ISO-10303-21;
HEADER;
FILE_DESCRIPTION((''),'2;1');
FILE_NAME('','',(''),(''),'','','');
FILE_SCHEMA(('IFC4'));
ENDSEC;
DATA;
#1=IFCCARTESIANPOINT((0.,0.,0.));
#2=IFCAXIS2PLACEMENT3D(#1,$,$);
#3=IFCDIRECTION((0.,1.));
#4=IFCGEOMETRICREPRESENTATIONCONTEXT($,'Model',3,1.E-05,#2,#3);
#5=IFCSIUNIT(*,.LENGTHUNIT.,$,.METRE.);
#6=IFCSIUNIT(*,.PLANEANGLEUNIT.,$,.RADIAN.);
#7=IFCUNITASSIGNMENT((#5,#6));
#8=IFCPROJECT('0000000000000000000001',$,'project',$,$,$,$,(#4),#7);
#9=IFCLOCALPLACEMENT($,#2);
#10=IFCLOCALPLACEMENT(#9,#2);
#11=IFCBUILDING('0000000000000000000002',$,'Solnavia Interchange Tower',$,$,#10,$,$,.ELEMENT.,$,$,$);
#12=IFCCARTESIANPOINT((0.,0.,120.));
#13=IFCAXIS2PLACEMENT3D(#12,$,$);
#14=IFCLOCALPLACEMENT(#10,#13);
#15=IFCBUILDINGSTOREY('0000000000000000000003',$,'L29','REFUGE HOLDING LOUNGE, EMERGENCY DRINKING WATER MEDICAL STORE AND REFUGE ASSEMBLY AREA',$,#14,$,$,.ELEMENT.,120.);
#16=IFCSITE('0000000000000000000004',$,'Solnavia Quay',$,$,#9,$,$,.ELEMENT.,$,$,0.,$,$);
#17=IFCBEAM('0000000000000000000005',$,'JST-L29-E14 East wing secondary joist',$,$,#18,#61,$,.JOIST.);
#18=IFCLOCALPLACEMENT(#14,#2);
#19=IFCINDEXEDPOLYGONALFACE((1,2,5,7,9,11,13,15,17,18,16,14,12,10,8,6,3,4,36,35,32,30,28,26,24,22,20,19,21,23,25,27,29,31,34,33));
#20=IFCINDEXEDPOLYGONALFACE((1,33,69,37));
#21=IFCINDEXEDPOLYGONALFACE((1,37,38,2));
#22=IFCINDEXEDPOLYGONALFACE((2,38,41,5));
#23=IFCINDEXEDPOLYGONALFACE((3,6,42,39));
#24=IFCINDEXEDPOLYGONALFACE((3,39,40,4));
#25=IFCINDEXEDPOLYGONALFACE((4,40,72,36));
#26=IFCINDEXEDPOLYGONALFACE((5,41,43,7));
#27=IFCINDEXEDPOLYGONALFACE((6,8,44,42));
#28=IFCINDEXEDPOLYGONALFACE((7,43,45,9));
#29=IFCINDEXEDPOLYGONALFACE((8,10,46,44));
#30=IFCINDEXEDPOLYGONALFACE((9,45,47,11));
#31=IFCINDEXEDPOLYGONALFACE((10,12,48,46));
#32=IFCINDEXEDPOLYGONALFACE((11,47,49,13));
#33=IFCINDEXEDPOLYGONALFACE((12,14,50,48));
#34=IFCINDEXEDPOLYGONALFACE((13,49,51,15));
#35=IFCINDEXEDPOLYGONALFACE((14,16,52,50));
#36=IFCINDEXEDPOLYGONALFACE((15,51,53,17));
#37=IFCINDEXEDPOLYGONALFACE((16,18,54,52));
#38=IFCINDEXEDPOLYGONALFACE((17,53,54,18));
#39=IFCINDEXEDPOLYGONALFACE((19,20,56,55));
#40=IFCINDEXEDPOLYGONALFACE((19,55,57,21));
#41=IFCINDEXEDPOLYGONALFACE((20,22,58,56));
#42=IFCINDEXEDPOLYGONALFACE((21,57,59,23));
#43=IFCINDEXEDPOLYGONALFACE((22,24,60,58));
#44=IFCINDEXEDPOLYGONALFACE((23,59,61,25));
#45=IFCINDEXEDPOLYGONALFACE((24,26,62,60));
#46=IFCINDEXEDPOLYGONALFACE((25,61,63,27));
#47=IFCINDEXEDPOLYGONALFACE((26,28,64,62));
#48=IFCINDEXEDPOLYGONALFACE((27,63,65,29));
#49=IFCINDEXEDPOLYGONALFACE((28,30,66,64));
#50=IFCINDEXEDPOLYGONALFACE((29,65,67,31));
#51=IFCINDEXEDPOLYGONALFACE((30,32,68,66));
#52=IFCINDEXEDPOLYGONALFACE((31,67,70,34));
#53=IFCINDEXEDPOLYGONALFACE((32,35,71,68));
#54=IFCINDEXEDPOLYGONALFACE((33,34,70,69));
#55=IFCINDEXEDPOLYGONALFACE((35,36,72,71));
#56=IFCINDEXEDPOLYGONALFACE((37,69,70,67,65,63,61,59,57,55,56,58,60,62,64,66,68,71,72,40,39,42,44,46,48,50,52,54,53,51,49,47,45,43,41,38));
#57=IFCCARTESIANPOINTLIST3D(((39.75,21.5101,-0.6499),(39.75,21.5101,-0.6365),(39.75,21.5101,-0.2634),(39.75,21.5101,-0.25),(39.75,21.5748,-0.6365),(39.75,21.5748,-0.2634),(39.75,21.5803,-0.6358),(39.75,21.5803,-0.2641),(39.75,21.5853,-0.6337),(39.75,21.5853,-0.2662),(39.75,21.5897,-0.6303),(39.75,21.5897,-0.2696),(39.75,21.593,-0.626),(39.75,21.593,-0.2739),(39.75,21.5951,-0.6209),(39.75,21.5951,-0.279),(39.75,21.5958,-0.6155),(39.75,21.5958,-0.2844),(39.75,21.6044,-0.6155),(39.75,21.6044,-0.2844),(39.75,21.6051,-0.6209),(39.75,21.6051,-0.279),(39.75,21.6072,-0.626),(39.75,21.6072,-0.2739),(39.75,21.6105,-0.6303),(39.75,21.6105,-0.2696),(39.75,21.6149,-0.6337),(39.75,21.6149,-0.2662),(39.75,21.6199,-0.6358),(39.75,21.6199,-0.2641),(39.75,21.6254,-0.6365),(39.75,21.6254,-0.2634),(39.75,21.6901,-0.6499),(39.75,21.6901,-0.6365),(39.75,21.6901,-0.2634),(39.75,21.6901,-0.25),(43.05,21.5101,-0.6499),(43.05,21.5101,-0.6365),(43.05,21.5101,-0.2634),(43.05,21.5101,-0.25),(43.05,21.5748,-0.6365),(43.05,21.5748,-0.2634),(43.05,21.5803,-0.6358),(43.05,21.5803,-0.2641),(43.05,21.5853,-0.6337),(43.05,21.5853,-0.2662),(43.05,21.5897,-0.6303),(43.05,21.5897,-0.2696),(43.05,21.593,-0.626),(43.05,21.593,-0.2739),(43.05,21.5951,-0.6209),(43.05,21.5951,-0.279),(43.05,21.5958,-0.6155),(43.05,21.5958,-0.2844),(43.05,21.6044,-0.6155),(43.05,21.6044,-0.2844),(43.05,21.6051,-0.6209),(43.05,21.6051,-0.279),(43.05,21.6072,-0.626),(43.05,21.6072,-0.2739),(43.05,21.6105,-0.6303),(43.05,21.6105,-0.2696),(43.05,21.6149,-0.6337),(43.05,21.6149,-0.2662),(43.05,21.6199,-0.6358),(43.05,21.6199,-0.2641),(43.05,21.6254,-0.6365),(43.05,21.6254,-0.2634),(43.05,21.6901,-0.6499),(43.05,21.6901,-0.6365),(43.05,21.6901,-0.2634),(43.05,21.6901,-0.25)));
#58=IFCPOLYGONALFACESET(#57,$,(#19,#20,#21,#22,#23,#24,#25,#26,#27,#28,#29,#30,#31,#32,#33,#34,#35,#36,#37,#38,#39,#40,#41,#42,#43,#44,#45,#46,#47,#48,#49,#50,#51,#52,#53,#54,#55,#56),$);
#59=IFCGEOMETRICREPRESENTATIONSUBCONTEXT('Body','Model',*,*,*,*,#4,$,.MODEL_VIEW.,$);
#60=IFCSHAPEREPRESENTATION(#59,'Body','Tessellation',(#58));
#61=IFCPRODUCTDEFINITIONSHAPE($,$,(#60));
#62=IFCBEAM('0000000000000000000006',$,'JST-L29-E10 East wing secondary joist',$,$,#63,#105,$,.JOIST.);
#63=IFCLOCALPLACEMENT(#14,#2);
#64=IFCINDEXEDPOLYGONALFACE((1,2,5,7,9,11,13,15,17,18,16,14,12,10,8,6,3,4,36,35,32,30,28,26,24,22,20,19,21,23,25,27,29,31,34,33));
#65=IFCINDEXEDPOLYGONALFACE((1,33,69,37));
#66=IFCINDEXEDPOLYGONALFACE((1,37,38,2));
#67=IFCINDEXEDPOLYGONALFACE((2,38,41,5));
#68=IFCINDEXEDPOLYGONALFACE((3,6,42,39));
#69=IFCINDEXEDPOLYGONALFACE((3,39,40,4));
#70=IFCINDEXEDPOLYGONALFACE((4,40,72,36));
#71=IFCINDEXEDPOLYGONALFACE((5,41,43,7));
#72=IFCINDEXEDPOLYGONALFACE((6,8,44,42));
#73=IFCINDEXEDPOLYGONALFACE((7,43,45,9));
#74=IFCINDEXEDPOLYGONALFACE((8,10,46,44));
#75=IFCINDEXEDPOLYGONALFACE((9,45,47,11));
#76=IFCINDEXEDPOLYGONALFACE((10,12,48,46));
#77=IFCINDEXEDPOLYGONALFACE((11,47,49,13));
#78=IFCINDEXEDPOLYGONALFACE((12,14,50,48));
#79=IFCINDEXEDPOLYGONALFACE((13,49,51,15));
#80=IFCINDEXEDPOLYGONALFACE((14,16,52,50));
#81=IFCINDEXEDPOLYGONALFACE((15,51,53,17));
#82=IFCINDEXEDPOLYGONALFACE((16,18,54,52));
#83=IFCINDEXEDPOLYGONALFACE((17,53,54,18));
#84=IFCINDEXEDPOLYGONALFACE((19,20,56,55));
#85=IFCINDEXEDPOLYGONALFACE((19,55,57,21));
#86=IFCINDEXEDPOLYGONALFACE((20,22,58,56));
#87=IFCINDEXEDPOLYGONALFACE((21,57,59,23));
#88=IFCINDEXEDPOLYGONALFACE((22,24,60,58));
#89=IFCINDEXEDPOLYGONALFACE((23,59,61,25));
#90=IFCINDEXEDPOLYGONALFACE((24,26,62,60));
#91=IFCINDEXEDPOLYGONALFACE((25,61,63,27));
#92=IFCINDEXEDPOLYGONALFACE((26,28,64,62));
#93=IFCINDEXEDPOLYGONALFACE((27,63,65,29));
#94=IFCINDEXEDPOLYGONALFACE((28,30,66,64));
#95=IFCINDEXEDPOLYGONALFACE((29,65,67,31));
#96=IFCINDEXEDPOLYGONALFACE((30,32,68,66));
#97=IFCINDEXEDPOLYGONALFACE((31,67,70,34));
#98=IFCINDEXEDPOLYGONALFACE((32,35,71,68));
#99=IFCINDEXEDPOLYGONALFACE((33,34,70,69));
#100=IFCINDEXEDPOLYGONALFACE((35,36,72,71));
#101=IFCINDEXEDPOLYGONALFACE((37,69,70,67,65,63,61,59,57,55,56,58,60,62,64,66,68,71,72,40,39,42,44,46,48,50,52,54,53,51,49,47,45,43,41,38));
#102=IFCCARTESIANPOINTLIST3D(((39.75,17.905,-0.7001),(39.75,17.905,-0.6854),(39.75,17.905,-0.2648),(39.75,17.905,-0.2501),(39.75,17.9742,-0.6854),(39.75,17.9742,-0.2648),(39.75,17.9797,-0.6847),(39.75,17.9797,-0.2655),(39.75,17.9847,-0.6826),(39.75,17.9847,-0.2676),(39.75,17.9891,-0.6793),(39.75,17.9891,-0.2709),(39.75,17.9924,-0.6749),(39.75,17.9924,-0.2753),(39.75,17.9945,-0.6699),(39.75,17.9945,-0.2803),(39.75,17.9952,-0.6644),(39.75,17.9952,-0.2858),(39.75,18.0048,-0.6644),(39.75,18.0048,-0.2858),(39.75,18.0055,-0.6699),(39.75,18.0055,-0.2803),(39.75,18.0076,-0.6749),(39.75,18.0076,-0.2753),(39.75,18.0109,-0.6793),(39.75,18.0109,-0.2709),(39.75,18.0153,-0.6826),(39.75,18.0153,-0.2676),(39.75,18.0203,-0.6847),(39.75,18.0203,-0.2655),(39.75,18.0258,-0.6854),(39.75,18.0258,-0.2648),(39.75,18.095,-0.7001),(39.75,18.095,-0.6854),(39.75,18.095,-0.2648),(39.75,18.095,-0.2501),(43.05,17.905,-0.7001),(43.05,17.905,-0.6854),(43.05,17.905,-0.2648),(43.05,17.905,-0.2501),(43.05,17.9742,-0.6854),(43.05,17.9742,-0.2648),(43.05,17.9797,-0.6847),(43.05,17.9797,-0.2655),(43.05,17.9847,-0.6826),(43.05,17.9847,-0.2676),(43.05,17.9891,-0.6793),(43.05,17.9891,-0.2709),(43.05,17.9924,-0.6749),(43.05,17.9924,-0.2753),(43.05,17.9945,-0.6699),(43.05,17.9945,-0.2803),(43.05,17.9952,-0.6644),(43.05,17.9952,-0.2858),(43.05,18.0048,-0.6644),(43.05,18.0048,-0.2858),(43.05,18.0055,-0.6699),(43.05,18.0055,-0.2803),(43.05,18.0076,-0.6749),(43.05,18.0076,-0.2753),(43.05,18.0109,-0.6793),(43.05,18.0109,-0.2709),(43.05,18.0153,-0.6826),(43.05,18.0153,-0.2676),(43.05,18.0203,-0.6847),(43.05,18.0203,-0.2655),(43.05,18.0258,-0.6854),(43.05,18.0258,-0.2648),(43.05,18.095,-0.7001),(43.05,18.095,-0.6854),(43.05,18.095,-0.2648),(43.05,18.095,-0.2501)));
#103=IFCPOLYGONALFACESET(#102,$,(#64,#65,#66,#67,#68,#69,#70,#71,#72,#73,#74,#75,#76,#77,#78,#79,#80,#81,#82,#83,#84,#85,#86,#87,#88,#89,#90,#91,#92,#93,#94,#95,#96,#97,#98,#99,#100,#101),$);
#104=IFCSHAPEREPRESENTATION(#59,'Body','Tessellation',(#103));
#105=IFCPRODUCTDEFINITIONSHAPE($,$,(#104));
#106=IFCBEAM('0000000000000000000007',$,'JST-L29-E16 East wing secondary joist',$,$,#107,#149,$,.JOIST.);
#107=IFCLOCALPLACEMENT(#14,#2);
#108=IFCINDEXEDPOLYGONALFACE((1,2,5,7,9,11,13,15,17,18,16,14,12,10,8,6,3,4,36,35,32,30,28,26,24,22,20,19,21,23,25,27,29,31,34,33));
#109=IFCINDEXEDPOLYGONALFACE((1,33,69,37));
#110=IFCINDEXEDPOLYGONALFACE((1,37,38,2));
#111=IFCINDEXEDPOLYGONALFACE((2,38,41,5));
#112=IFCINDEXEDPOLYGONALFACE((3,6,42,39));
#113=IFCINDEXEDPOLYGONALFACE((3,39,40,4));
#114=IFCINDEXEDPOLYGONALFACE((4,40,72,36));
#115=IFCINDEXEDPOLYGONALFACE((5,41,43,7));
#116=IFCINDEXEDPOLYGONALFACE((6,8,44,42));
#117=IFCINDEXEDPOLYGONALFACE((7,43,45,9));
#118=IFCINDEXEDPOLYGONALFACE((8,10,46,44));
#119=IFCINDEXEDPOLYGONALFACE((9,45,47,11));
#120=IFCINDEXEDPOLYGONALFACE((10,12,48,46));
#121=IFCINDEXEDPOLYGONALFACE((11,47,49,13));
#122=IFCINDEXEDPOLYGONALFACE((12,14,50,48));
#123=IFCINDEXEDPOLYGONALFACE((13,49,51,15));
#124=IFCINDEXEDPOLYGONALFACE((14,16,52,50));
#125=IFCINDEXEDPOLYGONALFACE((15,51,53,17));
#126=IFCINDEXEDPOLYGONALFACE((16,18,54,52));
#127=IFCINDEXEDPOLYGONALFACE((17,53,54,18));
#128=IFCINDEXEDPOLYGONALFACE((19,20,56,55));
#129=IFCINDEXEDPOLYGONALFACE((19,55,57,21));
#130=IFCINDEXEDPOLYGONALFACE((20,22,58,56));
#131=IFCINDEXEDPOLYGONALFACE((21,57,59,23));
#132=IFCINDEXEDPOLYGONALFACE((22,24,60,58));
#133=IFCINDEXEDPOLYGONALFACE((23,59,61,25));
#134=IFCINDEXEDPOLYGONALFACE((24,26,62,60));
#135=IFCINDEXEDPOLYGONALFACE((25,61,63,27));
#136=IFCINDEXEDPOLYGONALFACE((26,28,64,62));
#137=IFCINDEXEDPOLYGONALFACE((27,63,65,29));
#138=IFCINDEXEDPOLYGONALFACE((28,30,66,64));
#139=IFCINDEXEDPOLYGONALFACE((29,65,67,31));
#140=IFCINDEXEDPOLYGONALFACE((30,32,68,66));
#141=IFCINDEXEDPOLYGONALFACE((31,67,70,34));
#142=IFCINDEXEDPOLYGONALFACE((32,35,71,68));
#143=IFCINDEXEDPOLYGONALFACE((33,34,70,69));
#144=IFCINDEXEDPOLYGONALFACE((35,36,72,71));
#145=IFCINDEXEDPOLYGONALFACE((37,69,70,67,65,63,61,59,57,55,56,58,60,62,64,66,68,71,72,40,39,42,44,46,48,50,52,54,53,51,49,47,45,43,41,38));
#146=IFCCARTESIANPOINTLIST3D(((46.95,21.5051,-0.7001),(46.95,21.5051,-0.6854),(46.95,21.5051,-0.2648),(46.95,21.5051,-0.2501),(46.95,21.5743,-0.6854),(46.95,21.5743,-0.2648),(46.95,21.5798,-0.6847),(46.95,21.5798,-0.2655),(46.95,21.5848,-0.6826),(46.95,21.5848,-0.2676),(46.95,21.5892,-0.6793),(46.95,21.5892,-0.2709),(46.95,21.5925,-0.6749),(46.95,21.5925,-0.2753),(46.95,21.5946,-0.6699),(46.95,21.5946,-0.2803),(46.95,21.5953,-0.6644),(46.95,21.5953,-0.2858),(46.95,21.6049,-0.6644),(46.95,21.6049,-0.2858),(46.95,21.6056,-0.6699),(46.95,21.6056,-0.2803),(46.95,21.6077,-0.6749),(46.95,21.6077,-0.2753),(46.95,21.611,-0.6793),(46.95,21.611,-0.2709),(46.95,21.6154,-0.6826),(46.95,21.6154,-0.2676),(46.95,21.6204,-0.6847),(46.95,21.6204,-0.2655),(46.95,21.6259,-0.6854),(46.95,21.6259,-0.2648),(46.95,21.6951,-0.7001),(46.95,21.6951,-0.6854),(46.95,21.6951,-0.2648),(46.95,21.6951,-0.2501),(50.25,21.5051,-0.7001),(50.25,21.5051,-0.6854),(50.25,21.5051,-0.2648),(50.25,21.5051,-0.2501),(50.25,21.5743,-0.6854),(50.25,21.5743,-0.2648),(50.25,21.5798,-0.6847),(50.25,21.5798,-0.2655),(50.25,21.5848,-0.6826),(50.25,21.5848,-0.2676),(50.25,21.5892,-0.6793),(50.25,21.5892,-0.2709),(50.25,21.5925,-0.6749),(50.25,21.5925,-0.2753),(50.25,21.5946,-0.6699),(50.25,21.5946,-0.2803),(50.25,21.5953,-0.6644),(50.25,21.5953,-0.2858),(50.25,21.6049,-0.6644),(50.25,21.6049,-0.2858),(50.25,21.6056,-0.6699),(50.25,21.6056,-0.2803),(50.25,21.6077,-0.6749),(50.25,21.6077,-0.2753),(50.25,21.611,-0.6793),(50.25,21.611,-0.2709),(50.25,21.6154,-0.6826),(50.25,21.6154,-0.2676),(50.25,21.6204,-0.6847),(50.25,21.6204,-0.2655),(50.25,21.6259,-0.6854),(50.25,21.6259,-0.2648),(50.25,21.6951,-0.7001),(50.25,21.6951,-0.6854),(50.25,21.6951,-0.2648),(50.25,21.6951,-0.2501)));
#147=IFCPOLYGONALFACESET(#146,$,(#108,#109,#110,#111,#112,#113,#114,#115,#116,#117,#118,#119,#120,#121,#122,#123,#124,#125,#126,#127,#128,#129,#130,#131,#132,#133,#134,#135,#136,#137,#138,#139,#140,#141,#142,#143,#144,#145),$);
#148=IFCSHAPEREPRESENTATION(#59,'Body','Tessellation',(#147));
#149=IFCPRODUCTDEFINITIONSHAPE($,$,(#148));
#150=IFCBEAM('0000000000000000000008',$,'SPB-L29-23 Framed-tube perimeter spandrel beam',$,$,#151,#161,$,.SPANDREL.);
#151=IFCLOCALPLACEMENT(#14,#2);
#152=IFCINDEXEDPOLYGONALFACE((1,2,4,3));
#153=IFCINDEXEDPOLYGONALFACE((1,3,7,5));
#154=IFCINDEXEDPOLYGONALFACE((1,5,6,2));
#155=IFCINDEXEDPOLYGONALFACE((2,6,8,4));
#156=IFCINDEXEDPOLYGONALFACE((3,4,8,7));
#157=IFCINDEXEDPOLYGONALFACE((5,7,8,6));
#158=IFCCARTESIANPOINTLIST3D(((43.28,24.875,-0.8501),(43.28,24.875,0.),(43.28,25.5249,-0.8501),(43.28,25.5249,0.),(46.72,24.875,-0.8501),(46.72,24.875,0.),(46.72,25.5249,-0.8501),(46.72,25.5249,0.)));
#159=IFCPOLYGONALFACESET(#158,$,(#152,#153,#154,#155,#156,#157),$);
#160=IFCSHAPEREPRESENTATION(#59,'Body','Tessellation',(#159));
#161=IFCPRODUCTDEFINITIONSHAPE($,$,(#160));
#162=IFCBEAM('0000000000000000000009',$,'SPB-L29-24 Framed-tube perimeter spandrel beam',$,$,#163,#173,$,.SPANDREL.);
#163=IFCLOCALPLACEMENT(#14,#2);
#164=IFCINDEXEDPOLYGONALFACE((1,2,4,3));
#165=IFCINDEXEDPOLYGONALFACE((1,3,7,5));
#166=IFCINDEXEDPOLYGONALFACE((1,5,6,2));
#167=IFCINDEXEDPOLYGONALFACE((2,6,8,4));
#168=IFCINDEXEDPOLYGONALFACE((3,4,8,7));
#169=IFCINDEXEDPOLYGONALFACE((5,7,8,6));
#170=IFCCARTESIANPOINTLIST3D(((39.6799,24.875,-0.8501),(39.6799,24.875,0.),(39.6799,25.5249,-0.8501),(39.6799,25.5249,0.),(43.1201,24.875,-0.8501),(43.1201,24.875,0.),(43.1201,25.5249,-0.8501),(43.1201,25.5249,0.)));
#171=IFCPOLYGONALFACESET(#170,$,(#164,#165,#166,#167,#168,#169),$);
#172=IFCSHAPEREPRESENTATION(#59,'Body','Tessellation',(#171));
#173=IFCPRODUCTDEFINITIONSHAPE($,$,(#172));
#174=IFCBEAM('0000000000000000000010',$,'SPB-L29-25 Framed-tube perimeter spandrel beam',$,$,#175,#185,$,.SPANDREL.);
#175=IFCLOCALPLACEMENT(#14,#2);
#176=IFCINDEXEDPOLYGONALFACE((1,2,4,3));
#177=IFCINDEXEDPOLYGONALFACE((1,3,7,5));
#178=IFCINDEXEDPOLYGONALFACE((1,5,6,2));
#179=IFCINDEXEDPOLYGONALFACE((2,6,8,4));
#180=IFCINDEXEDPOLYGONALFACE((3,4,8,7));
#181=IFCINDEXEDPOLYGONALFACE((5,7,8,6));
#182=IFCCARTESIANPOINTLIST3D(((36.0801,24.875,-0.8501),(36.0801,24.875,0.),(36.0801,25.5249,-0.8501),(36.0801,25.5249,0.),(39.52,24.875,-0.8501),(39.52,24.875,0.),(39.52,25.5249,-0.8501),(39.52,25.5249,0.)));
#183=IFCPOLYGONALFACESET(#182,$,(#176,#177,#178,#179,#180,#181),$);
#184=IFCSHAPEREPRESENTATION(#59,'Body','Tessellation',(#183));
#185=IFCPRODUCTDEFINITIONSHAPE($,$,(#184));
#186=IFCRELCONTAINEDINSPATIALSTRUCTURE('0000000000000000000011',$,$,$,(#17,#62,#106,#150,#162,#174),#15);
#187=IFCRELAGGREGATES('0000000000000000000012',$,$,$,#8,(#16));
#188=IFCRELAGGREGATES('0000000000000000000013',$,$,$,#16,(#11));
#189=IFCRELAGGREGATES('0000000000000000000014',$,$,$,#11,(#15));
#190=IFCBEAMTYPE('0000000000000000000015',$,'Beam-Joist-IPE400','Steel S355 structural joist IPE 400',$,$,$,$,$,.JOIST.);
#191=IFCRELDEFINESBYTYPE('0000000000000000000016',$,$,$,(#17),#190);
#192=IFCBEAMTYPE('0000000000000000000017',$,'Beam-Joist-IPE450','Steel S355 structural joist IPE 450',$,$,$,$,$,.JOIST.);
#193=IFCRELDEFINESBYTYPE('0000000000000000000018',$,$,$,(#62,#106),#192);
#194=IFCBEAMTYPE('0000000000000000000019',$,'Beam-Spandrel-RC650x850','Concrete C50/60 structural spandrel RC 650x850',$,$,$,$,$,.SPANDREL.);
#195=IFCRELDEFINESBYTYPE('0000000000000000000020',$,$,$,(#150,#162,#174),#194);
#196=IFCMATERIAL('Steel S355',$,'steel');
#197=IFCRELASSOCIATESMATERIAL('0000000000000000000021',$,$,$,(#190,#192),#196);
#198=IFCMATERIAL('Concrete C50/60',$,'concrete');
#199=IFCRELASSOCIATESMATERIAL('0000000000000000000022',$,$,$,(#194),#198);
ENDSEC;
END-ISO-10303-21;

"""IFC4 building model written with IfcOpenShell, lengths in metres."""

from ifc_helpers import new_model, si_unit, direction, frame, origin, origin_2d, place, context, subcontext, project, spatial, rectangle, i_section, extrude, material, material_profile, profile_set, type_object, element, save


model = new_model("IFC4")

# Units and contexts
model_context = context("Model", 3, precision=1e-05, world=origin(), true_north=direction((0.0, 1.0)))
body_context = subcontext(model_context, "Body", "Model", "MODEL_VIEW")
ifc_project = project(units=[si_unit("LENGTHUNIT", "METRE"), si_unit("PLANEANGLEUNIT", "RADIAN")], contexts=[model_context])

# Site, building, storey
site_placement = place(None, origin())
site = spatial("IfcSite", under=ifc_project, at=site_placement, Name="Solnavia Quay", CompositionType="ELEMENT", RefElevation=0.0)
building_placement = place(site_placement, origin())
building = spatial("IfcBuilding", under=site, at=building_placement, Name="Solnavia Interchange Tower", CompositionType="ELEMENT")
storey_placement = place(building_placement, frame((0.0, 0.0, 120.0)))
storey = spatial("IfcBuildingStorey", under=building, at=storey_placement, Name="L29", Description="REFUGE HOLDING LOUNGE, EMERGENCY DRINKING WATER MEDICAL STORE AND REFUGE ASSEMBLY AREA", CompositionType="ELEMENT", Elevation=120.0)

# Shared definitions
ifc_material_1 = material(Name="Concrete C50/60", Category="concrete")

# Beams
ifc_material_2 = material(Name="Steel S355", Category="steel")
ifc_material_profile_1 = material_profile(ifc_material_2, i_section(OverallWidth=0.1799, OverallDepth=0.3999, WebThickness=0.0085, FlangeThickness=0.0134, FilletRadius=0.021, at=origin_2d()), Name="IPE 400")
ifc_profile_set_1 = profile_set([ifc_material_profile_1], Name="Steel S355")
beam_type_1 = type_object("IfcBeamType", Name="Beam-Joist-IPE400", Description="Steel S355 structural joist IPE 400", PredefinedType="JOIST", material=ifc_profile_set_1)
beam_1_placement = place(storey_placement, frame((39.75, 21.6001, -0.45), z_axis=(1.0, 0.0, 0.0), x_axis=(0.0, 1.0, 0.0)))
element("IfcBeam", 1, at=beam_1_placement, inside=storey, type_object=beam_type_1, Name="JST-L29-E14 East wing secondary joist", PredefinedType="JOIST", context=body_context, shape_type="SweptSolid", body=[
    extrude(i_section(OverallWidth=0.1799, OverallDepth=0.3999, WebThickness=0.0085, FlangeThickness=0.0134, FilletRadius=0.021, at=origin_2d()), origin(), (0.0, 0.0, 1.0), 3.3),
])
ifc_material_profile_2 = material_profile(ifc_material_2, i_section(OverallWidth=0.1899, OverallDepth=0.45, WebThickness=0.0095, FlangeThickness=0.0146, FilletRadius=0.021, at=origin_2d()), Name="IPE 450")
ifc_profile_set_2 = profile_set([ifc_material_profile_2], Name="Steel S355")
beam_type_2 = type_object("IfcBeamType", Name="Beam-Joist-IPE450", Description="Steel S355 structural joist IPE 450", PredefinedType="JOIST", material=ifc_profile_set_2)
for number, where, z_axis, x_axis, name in (
    (2, (39.75, 18.0, -0.4751), (1.0, 0.0, 0.0), (0.0, 1.0, 0.0), "JST-L29-E10 East wing secondary joist"),
    (3, (46.95, 21.6001, -0.4751), (1.0, 0.0, 0.0), (0.0, 1.0, 0.0), "JST-L29-E16 East wing secondary joist"),
):
    element("IfcBeam", number, at=place(storey_placement, frame(where, z_axis=z_axis, x_axis=x_axis)), inside=storey, type_object=beam_type_2, Name=name, PredefinedType="JOIST", context=body_context, shape_type="SweptSolid", body=[
        extrude(i_section(OverallWidth=0.1899, OverallDepth=0.45, WebThickness=0.0095, FlangeThickness=0.0146, FilletRadius=0.021, at=origin_2d()), origin(), (0.0, 0.0, 1.0), 3.3),
    ])
ifc_material_profile_3 = material_profile(ifc_material_1, rectangle(XDim=0.6499, YDim=0.8501, at=origin_2d()), Name="RC 650x850")
ifc_profile_set_3 = profile_set([ifc_material_profile_3], Name="Concrete C50/60")
beam_type_3 = type_object("IfcBeamType", Name="Beam-Spandrel-RC650x850", Description="Concrete C50/60 structural spandrel RC 650x850", PredefinedType="SPANDREL", material=ifc_profile_set_3)
beam_2_placement = place(storey_placement, frame((46.72, 25.2, -0.425), z_axis=(-1.0, 0.0, 0.0), x_axis=(0.0, -1.0, 0.0)))
element("IfcBeam", 4, at=beam_2_placement, inside=storey, type_object=beam_type_3, Name="SPB-L29-23 Framed-tube perimeter spandrel beam", PredefinedType="SPANDREL", context=body_context, shape_type="SweptSolid", body=[
    extrude(rectangle(XDim=0.6499, YDim=0.8501, at=origin_2d()), origin(), (0.0, 0.0, 1.0), 3.4399),
])
beam_3_placement = place(storey_placement, frame((43.1201, 25.2, -0.425), z_axis=(-1.0, 0.0, 0.0), x_axis=(0.0, -1.0, 0.0)))
element("IfcBeam", 5, at=beam_3_placement, inside=storey, type_object=beam_type_3, Name="SPB-L29-24 Framed-tube perimeter spandrel beam", PredefinedType="SPANDREL", context=body_context, shape_type="SweptSolid", body=[
    extrude(rectangle(XDim=0.6499, YDim=0.8501, at=origin_2d()), origin(), (0.0, 0.0, 1.0), 3.4402),
])
beam_4_placement = place(storey_placement, frame((39.52, 25.2, -0.425), z_axis=(-1.0, 0.0, 0.0), x_axis=(0.0, -1.0, 0.0)))
element("IfcBeam", 6, at=beam_4_placement, inside=storey, type_object=beam_type_3, Name="SPB-L29-25 Framed-tube perimeter spandrel beam", PredefinedType="SPANDREL", context=body_context, shape_type="SweptSolid", body=[
    extrude(rectangle(XDim=0.6499, YDim=0.8501, at=origin_2d()), origin(), (0.0, 0.0, 1.0), 3.4399),
])

save(model, "model.ifc")
